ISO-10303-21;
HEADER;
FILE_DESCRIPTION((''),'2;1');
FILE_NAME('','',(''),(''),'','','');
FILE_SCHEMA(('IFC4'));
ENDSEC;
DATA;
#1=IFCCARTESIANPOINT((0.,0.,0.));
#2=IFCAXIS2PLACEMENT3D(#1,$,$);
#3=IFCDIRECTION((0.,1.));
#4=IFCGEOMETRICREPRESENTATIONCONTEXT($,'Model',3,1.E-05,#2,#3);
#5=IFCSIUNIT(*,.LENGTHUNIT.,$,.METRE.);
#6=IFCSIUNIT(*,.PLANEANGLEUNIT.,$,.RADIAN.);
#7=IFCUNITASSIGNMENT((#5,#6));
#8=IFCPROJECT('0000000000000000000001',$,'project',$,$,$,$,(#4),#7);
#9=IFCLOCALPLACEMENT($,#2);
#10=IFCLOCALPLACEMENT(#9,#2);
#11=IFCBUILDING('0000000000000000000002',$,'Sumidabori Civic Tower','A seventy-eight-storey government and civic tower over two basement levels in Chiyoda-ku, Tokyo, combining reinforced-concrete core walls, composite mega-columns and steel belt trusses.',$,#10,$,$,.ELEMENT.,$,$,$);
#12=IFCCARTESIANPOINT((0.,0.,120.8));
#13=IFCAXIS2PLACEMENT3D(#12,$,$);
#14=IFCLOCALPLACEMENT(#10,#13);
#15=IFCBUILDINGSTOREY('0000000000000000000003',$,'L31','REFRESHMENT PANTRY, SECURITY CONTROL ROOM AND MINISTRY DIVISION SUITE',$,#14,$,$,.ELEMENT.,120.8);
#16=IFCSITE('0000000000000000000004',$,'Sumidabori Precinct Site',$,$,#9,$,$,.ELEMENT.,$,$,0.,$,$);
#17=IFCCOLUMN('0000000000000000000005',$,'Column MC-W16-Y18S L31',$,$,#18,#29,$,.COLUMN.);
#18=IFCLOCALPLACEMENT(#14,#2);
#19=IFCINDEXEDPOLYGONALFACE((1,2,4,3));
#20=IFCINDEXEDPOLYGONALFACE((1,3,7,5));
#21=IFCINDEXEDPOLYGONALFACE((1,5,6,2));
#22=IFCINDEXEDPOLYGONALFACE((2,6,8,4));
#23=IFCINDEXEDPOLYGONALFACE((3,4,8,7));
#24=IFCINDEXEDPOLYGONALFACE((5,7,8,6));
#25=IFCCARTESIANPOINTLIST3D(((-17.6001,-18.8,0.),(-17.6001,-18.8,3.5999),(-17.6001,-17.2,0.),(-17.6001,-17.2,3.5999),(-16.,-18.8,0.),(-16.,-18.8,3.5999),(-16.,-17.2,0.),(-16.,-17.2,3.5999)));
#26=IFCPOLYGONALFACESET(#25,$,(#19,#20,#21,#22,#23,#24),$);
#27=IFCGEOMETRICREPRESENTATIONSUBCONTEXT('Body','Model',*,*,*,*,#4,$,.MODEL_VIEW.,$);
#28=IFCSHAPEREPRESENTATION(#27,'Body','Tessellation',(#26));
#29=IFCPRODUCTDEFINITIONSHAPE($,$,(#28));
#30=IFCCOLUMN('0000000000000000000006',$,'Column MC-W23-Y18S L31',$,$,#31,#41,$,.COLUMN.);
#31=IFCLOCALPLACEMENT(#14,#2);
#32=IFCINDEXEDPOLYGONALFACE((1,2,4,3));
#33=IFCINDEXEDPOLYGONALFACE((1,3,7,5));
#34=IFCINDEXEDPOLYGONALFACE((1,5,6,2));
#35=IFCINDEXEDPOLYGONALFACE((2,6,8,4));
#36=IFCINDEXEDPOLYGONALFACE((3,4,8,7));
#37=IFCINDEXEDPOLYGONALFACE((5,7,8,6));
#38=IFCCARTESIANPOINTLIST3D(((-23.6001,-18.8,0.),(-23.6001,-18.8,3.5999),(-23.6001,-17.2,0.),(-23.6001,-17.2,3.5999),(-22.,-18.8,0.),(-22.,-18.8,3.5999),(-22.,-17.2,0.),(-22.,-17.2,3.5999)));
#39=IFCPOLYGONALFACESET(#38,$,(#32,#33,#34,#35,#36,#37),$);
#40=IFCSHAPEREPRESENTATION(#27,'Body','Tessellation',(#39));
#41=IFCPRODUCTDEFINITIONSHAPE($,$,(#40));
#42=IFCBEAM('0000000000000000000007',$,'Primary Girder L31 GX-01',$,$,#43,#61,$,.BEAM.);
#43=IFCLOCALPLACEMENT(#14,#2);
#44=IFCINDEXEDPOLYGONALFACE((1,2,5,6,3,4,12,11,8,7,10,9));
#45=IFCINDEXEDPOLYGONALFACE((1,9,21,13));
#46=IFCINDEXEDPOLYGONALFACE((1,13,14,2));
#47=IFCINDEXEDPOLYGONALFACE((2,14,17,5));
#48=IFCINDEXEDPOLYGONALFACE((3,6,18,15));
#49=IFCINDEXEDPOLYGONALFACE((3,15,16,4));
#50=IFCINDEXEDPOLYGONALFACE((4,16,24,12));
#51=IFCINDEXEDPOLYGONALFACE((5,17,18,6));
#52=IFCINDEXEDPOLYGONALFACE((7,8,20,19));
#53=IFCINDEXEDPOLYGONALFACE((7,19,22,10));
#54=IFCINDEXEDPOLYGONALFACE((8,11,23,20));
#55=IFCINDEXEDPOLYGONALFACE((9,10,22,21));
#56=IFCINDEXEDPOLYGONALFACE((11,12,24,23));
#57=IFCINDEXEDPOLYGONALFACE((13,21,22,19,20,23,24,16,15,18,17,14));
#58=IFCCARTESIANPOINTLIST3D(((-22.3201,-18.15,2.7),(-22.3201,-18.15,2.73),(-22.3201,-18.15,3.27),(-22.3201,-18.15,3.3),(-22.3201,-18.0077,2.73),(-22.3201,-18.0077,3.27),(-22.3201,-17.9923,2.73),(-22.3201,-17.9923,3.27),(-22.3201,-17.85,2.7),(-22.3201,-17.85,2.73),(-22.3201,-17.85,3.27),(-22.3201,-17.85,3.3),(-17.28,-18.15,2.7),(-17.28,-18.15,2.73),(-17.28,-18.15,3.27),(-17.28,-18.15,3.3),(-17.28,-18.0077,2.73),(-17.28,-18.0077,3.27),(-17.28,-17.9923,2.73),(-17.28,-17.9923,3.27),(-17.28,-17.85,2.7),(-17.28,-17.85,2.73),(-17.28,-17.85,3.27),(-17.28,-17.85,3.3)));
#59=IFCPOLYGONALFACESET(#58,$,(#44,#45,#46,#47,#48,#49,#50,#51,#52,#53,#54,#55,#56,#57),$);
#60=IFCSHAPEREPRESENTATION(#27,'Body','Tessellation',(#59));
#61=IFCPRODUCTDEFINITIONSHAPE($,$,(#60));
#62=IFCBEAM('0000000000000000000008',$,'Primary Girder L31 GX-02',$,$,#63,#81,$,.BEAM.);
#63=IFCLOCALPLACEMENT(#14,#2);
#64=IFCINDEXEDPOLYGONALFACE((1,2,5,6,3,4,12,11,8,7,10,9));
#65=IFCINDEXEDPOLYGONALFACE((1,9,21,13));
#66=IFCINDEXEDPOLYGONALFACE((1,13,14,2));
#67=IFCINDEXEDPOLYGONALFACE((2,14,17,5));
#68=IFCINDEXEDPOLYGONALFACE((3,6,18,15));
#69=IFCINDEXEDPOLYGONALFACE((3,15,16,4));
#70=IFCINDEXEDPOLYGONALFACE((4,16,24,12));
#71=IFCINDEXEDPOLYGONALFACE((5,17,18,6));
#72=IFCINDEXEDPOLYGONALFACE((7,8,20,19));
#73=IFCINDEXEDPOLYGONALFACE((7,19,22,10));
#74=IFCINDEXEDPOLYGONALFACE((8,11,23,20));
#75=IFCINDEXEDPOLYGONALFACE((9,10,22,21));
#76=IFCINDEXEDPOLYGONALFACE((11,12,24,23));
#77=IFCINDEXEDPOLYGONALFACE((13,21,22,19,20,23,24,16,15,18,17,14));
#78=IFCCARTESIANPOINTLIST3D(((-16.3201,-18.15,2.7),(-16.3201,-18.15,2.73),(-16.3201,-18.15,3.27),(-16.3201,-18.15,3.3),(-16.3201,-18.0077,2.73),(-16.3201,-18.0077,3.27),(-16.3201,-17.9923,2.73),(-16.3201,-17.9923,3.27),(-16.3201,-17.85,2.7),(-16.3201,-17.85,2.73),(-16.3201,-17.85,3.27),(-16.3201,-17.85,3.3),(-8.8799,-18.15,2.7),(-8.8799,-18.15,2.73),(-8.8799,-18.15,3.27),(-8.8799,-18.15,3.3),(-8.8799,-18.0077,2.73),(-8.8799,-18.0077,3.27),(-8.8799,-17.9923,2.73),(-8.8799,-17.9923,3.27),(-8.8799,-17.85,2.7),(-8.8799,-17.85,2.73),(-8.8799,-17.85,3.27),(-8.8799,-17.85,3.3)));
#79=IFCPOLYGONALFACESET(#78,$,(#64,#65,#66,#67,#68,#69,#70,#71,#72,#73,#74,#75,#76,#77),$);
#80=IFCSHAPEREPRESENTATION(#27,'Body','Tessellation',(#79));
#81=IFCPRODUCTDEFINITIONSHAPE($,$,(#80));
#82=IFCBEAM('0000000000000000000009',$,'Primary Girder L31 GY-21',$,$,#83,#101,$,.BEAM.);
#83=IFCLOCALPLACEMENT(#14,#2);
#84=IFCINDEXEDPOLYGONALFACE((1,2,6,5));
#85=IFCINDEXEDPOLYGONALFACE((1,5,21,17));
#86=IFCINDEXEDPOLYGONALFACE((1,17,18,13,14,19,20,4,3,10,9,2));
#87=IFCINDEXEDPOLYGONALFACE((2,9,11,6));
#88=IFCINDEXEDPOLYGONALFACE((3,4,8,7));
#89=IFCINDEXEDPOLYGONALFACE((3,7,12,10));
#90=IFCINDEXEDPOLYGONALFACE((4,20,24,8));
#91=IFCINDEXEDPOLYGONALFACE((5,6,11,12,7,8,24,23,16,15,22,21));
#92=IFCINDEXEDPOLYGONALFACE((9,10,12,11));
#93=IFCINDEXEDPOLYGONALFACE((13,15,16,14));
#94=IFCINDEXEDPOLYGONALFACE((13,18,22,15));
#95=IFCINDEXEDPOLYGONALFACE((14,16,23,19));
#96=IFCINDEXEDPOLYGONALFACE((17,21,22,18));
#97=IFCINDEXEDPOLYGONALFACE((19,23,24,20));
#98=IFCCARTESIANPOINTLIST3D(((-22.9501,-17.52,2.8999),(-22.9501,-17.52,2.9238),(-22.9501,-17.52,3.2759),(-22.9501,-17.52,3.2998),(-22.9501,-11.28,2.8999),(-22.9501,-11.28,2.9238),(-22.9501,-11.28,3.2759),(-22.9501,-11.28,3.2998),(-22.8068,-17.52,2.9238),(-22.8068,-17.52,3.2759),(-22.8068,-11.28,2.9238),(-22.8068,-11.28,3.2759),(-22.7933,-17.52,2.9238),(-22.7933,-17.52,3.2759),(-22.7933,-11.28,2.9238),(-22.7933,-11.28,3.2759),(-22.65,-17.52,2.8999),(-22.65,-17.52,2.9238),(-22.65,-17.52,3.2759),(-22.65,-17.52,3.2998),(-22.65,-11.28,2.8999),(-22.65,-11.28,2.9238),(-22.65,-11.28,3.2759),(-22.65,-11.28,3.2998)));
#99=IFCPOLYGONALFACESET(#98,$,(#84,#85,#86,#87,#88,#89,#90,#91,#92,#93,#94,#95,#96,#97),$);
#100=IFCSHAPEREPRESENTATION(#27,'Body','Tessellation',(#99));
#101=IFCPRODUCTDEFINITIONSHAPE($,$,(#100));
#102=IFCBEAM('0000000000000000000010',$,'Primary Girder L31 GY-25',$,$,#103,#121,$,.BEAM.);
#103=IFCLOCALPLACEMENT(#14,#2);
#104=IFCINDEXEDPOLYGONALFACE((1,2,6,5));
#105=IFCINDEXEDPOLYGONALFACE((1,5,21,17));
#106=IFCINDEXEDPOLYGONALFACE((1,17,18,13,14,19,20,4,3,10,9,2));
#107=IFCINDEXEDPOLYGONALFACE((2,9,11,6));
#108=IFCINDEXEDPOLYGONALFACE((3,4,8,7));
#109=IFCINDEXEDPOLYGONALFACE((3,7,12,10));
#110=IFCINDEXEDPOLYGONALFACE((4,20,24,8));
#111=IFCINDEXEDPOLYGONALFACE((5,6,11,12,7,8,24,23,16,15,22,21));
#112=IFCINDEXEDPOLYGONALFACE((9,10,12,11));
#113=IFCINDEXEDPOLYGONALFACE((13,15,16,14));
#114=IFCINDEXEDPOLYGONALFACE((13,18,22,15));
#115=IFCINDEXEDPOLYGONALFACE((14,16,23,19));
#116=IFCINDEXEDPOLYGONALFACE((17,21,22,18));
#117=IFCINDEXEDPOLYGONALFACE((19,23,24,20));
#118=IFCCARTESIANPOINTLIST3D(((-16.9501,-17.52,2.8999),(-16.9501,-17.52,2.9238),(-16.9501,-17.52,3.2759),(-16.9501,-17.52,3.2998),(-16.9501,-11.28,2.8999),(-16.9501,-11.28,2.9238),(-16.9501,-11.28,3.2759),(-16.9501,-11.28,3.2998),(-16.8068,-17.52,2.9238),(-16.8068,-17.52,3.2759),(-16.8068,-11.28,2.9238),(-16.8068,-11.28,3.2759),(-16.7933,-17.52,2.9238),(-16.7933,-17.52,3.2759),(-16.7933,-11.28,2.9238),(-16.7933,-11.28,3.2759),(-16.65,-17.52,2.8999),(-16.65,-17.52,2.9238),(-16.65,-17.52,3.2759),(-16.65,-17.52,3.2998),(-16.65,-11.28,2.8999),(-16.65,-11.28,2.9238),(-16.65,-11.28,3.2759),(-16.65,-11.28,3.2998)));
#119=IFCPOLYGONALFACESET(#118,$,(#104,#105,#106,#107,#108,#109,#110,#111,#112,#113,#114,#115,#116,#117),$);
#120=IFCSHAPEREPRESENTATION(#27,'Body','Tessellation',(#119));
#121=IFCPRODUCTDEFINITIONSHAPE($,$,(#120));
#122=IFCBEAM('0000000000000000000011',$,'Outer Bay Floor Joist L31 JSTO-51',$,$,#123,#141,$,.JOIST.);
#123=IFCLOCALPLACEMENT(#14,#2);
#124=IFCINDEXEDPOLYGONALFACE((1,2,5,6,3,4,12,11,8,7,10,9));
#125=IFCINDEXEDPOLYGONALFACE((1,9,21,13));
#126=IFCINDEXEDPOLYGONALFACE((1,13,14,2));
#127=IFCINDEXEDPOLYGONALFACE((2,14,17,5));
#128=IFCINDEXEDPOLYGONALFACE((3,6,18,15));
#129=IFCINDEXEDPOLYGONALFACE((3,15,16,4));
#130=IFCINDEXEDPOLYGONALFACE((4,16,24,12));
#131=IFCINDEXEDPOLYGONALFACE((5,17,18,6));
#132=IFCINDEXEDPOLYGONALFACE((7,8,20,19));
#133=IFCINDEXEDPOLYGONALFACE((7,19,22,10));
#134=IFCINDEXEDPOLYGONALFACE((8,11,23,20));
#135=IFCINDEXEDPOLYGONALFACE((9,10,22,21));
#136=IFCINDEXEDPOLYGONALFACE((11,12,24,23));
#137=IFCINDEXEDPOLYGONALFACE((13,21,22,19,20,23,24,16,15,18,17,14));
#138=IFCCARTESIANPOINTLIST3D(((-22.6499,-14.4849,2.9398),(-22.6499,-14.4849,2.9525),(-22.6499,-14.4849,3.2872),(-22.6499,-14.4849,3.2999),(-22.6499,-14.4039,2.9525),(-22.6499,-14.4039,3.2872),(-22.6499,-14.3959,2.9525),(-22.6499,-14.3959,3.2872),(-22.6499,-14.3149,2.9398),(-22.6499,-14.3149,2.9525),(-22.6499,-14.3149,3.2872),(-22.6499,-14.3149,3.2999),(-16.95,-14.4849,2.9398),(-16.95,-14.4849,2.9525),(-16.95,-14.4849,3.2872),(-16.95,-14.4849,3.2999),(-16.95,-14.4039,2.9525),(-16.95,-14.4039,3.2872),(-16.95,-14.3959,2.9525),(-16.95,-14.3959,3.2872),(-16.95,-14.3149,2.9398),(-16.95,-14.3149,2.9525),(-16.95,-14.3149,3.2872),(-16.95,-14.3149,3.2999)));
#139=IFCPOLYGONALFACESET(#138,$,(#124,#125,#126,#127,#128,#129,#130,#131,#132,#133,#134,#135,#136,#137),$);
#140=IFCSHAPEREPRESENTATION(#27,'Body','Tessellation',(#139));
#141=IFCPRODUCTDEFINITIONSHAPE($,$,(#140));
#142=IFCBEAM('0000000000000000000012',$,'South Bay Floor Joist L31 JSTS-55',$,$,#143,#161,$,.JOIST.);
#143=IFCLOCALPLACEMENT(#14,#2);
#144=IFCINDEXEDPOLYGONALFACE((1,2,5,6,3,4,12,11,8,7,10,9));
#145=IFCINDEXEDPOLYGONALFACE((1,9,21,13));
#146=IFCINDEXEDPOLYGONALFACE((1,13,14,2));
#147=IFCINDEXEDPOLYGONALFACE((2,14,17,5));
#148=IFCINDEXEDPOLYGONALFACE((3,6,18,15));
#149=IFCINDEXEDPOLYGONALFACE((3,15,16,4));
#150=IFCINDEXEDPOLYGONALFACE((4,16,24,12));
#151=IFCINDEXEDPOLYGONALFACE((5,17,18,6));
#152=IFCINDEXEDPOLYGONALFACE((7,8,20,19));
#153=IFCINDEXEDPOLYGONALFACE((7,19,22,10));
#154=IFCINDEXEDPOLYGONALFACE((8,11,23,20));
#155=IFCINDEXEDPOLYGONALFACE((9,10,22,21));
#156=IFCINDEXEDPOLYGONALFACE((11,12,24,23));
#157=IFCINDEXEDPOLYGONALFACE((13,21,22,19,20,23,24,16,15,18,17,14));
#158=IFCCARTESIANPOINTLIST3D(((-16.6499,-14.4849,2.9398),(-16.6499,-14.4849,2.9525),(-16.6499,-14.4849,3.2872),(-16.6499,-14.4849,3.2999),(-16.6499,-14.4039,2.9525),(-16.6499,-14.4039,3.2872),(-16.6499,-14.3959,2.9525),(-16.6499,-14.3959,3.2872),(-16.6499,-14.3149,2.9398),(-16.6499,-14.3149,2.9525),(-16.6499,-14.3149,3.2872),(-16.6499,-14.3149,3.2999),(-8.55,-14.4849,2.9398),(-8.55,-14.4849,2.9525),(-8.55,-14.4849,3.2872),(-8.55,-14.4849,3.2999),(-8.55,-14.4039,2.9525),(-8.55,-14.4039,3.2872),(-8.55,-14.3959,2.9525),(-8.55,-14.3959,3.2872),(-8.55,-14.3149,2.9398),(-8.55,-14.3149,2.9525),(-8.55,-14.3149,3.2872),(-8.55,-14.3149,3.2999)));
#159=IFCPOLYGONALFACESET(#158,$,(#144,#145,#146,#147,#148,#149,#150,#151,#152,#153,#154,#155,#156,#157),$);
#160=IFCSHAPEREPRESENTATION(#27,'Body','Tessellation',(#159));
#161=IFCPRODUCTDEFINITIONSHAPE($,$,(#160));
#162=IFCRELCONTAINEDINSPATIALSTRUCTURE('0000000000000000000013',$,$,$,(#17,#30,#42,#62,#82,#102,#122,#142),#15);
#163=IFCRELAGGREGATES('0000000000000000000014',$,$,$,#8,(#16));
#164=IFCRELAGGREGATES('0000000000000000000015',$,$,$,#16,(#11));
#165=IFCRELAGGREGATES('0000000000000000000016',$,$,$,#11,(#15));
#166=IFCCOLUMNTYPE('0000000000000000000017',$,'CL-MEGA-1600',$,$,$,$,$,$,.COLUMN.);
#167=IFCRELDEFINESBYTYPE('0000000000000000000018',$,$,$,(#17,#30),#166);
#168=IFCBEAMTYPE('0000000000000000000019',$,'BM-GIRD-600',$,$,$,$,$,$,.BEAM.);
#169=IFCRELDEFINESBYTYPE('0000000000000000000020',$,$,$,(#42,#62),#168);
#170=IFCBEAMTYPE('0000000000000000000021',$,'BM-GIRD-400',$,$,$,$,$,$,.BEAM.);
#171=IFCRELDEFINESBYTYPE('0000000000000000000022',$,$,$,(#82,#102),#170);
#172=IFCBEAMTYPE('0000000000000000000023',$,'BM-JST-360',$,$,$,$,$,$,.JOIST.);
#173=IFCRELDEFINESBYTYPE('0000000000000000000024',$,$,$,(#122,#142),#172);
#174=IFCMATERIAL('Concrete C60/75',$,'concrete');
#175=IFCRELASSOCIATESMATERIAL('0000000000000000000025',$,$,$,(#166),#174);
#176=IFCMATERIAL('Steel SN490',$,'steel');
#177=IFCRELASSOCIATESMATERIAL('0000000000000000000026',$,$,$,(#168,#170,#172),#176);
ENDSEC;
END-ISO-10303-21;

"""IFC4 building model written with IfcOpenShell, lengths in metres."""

from ifc_helpers import new_model, si_unit, direction, frame, origin, origin_2d, place, context, subcontext, project, spatial, rectangle, i_section, extrude, source, transform, mapped, material, material_profile, profile_set, type_object, element, save


model = new_model("IFC4")

# Units and contexts
model_context = context("Model", 3, precision=1e-05, world=origin(), true_north=direction((0.0, 1.0)))
body_context = subcontext(model_context, "Body", "Model", "MODEL_VIEW")
ifc_project = project(units=[si_unit("LENGTHUNIT", "METRE"), si_unit("PLANEANGLEUNIT", "RADIAN")], contexts=[model_context])

# Site, building, storey
site_placement = place(None, origin())
site = spatial("IfcSite", under=ifc_project, at=site_placement, Name="Sumidabori Precinct Site", CompositionType="ELEMENT", RefElevation=0.0)
building_placement = place(site_placement, origin())
building = spatial("IfcBuilding", under=site, at=building_placement, Name="Sumidabori Civic Tower", Description="A seventy-eight-storey government and civic tower over two basement levels in Chiyoda-ku, Tokyo, combining reinforced-concrete core walls, composite mega-columns and steel belt trusses.", CompositionType="ELEMENT")
storey_placement = place(building_placement, frame((0.0, 0.0, 120.8)))
storey = spatial("IfcBuildingStorey", under=building, at=storey_placement, Name="L31", Description="REFRESHMENT PANTRY, SECURITY CONTROL ROOM AND MINISTRY DIVISION SUITE", CompositionType="ELEMENT", Elevation=120.8)

# Columns
ifc_material_1 = material(Name="Concrete C60/75", Category="concrete")
ifc_material_profile_1 = material_profile(ifc_material_1, rectangle(XDim=1.6001, YDim=1.6001, at=origin_2d()), Name="RC 1600x1600")
ifc_profile_set_1 = profile_set([ifc_material_profile_1], Name="Concrete C60/75")
column_type = type_object("IfcColumnType", Name="CL-MEGA-1600", PredefinedType="COLUMN", material=ifc_profile_set_1)
shared_shape_1 = source(origin(), body_context, "Body", "SweptSolid", [
    extrude(rectangle(XDim=1.6001, YDim=1.6001, at=origin_2d()), origin(), (0.0, 0.0, 1.0), 3.5999),
])
for number, where, z_axis, x_axis, name in (
    (1, (-16.8, -18.0, 0.0), (0.0, 0.0, 1.0), (1.0, 0.0, 0.0), "Column MC-W16-Y18S L31"),
    (2, (-22.8, -18.0, 0.0), (0.0, 0.0, 1.0), (1.0, 0.0, 0.0), "Column MC-W23-Y18S L31"),
):
    element("IfcColumn", number, at=place(storey_placement, frame(where, z_axis=z_axis, x_axis=x_axis)), inside=storey, type_object=column_type, Name=name, PredefinedType="COLUMN", context=body_context, shape_type="MappedRepresentation", body=[
        mapped(shared_shape_1, transform((0.0, 0.0, 0.0), x_axis=(1.0, 0.0, 0.0), y_axis=(0.0, 1.0, 0.0), z_axis=(0.0, 0.0, 1.0), scale=1.0)),
    ])

# Beams
ifc_material_2 = material(Name="Steel SN490", Category="steel")
ifc_material_profile_2 = material_profile(ifc_material_2, i_section(OverallWidth=0.3, OverallDepth=0.6001, WebThickness=0.0154, FlangeThickness=0.03, at=origin_2d()), Name="HE 600 B")
ifc_profile_set_2 = profile_set([ifc_material_profile_2], Name="Steel SN490")
beam_type_1 = type_object("IfcBeamType", Name="BM-GIRD-600", PredefinedType="BEAM", material=ifc_profile_set_2)
shared_shape_2 = source(origin(), body_context, "Body", "SweptSolid", [
    extrude(i_section(OverallWidth=0.3, OverallDepth=0.6001, WebThickness=0.0154, FlangeThickness=0.03, at=origin_2d()), origin(), (0.0, 0.0, 1.0), 5.04),
])
beam_1_placement = place(storey_placement, frame((-22.3201, -18.0, 3.0), z_axis=(1.0, 0.0, 0.0), x_axis=(0.0, 1.0, 0.0)))
element("IfcBeam", 3, at=beam_1_placement, inside=storey, type_object=beam_type_1, Name="Primary Girder L31 GX-01", PredefinedType="BEAM", context=body_context, shape_type="MappedRepresentation", body=[
    mapped(shared_shape_2, transform((0.0, 0.0, 0.0), x_axis=(1.0, 0.0, 0.0), y_axis=(0.0, 1.0, 0.0), z_axis=(0.0, 0.0, 1.0), scale=1.0)),
])
shared_shape_3 = source(origin(), body_context, "Body", "SweptSolid", [
    extrude(i_section(OverallWidth=0.3, OverallDepth=0.6001, WebThickness=0.0154, FlangeThickness=0.03, at=origin_2d()), origin(), (0.0, 0.0, 1.0), 7.4402),
])
beam_2_placement = place(storey_placement, frame((-16.3201, -18.0, 3.0), z_axis=(1.0, 0.0, 0.0), x_axis=(0.0, 1.0, 0.0)))
element("IfcBeam", 4, at=beam_2_placement, inside=storey, type_object=beam_type_1, Name="Primary Girder L31 GX-02", PredefinedType="BEAM", context=body_context, shape_type="MappedRepresentation", body=[
    mapped(shared_shape_3, transform((0.0, 0.0, 0.0), x_axis=(1.0, 0.0, 0.0), y_axis=(0.0, 1.0, 0.0), z_axis=(0.0, 0.0, 1.0), scale=1.0)),
])
ifc_material_profile_3 = material_profile(ifc_material_2, i_section(OverallWidth=0.3, OverallDepth=0.3999, WebThickness=0.0134, FlangeThickness=0.0239, at=origin_2d()), Name="HE 400 B")
ifc_profile_set_3 = profile_set([ifc_material_profile_3], Name="Steel SN490")
beam_type_2 = type_object("IfcBeamType", Name="BM-GIRD-400", PredefinedType="BEAM", material=ifc_profile_set_3)
shared_shape_4 = source(origin(), body_context, "Body", "SweptSolid", [
    extrude(i_section(OverallWidth=0.3, OverallDepth=0.3999, WebThickness=0.0134, FlangeThickness=0.0239, at=origin_2d()), origin(), (0.0, 0.0, 1.0), 6.24),
])
for number, where, z_axis, x_axis, name in (
    (5, (-22.8, -17.52, 3.0999), (0.0, 1.0, 0.0), (-1.0, 0.0, 0.0), "Primary Girder L31 GY-21"),
    (6, (-16.8, -17.52, 3.0999), (0.0, 1.0, 0.0), (-1.0, 0.0, 0.0), "Primary Girder L31 GY-25"),
):
    element("IfcBeam", number, at=place(storey_placement, frame(where, z_axis=z_axis, x_axis=x_axis)), inside=storey, type_object=beam_type_2, Name=name, PredefinedType="BEAM", context=body_context, shape_type="MappedRepresentation", body=[
        mapped(shared_shape_4, transform((0.0, 0.0, 0.0), x_axis=(1.0, 0.0, 0.0), y_axis=(0.0, 1.0, 0.0), z_axis=(0.0, 0.0, 1.0), scale=1.0)),
    ])
ifc_material_profile_4 = material_profile(ifc_material_2, i_section(OverallWidth=0.1699, OverallDepth=0.3601, WebThickness=0.0081, FlangeThickness=0.0127, at=origin_2d()), Name="IPE 360")
ifc_profile_set_4 = profile_set([ifc_material_profile_4], Name="Steel SN490")
beam_type_3 = type_object("IfcBeamType", Name="BM-JST-360", PredefinedType="JOIST", material=ifc_profile_set_4)
shared_shape_5 = source(origin(), body_context, "Body", "SweptSolid", [
    extrude(i_section(OverallWidth=0.1699, OverallDepth=0.3601, WebThickness=0.0081, FlangeThickness=0.0127, at=origin_2d()), origin(), (0.0, 0.0, 1.0), 5.7),
])
beam_3_placement = place(storey_placement, frame((-22.6499, -14.3999, 3.1199), z_axis=(1.0, 0.0, 0.0), x_axis=(0.0, 1.0, 0.0)))
element("IfcBeam", 7, at=beam_3_placement, inside=storey, type_object=beam_type_3, Name="Outer Bay Floor Joist L31 JSTO-51", PredefinedType="JOIST", context=body_context, shape_type="MappedRepresentation", body=[
    mapped(shared_shape_5, transform((0.0, 0.0, 0.0), x_axis=(1.0, 0.0, 0.0), y_axis=(0.0, 1.0, 0.0), z_axis=(0.0, 0.0, 1.0), scale=1.0)),
])
shared_shape_6 = source(origin(), body_context, "Body", "SweptSolid", [
    extrude(i_section(OverallWidth=0.1699, OverallDepth=0.3601, WebThickness=0.0081, FlangeThickness=0.0127, at=origin_2d()), origin(), (0.0, 0.0, 1.0), 8.0999),
])
beam_4_placement = place(storey_placement, frame((-16.6499, -14.3999, 3.1199), z_axis=(1.0, 0.0, 0.0), x_axis=(0.0, 1.0, 0.0)))
element("IfcBeam", 8, at=beam_4_placement, inside=storey, type_object=beam_type_3, Name="South Bay Floor Joist L31 JSTS-55", PredefinedType="JOIST", context=body_context, shape_type="MappedRepresentation", body=[
    mapped(shared_shape_6, transform((0.0, 0.0, 0.0), x_axis=(1.0, 0.0, 0.0), y_axis=(0.0, 1.0, 0.0), z_axis=(0.0, 0.0, 1.0), scale=1.0)),
])

save(model, "model.ifc")
